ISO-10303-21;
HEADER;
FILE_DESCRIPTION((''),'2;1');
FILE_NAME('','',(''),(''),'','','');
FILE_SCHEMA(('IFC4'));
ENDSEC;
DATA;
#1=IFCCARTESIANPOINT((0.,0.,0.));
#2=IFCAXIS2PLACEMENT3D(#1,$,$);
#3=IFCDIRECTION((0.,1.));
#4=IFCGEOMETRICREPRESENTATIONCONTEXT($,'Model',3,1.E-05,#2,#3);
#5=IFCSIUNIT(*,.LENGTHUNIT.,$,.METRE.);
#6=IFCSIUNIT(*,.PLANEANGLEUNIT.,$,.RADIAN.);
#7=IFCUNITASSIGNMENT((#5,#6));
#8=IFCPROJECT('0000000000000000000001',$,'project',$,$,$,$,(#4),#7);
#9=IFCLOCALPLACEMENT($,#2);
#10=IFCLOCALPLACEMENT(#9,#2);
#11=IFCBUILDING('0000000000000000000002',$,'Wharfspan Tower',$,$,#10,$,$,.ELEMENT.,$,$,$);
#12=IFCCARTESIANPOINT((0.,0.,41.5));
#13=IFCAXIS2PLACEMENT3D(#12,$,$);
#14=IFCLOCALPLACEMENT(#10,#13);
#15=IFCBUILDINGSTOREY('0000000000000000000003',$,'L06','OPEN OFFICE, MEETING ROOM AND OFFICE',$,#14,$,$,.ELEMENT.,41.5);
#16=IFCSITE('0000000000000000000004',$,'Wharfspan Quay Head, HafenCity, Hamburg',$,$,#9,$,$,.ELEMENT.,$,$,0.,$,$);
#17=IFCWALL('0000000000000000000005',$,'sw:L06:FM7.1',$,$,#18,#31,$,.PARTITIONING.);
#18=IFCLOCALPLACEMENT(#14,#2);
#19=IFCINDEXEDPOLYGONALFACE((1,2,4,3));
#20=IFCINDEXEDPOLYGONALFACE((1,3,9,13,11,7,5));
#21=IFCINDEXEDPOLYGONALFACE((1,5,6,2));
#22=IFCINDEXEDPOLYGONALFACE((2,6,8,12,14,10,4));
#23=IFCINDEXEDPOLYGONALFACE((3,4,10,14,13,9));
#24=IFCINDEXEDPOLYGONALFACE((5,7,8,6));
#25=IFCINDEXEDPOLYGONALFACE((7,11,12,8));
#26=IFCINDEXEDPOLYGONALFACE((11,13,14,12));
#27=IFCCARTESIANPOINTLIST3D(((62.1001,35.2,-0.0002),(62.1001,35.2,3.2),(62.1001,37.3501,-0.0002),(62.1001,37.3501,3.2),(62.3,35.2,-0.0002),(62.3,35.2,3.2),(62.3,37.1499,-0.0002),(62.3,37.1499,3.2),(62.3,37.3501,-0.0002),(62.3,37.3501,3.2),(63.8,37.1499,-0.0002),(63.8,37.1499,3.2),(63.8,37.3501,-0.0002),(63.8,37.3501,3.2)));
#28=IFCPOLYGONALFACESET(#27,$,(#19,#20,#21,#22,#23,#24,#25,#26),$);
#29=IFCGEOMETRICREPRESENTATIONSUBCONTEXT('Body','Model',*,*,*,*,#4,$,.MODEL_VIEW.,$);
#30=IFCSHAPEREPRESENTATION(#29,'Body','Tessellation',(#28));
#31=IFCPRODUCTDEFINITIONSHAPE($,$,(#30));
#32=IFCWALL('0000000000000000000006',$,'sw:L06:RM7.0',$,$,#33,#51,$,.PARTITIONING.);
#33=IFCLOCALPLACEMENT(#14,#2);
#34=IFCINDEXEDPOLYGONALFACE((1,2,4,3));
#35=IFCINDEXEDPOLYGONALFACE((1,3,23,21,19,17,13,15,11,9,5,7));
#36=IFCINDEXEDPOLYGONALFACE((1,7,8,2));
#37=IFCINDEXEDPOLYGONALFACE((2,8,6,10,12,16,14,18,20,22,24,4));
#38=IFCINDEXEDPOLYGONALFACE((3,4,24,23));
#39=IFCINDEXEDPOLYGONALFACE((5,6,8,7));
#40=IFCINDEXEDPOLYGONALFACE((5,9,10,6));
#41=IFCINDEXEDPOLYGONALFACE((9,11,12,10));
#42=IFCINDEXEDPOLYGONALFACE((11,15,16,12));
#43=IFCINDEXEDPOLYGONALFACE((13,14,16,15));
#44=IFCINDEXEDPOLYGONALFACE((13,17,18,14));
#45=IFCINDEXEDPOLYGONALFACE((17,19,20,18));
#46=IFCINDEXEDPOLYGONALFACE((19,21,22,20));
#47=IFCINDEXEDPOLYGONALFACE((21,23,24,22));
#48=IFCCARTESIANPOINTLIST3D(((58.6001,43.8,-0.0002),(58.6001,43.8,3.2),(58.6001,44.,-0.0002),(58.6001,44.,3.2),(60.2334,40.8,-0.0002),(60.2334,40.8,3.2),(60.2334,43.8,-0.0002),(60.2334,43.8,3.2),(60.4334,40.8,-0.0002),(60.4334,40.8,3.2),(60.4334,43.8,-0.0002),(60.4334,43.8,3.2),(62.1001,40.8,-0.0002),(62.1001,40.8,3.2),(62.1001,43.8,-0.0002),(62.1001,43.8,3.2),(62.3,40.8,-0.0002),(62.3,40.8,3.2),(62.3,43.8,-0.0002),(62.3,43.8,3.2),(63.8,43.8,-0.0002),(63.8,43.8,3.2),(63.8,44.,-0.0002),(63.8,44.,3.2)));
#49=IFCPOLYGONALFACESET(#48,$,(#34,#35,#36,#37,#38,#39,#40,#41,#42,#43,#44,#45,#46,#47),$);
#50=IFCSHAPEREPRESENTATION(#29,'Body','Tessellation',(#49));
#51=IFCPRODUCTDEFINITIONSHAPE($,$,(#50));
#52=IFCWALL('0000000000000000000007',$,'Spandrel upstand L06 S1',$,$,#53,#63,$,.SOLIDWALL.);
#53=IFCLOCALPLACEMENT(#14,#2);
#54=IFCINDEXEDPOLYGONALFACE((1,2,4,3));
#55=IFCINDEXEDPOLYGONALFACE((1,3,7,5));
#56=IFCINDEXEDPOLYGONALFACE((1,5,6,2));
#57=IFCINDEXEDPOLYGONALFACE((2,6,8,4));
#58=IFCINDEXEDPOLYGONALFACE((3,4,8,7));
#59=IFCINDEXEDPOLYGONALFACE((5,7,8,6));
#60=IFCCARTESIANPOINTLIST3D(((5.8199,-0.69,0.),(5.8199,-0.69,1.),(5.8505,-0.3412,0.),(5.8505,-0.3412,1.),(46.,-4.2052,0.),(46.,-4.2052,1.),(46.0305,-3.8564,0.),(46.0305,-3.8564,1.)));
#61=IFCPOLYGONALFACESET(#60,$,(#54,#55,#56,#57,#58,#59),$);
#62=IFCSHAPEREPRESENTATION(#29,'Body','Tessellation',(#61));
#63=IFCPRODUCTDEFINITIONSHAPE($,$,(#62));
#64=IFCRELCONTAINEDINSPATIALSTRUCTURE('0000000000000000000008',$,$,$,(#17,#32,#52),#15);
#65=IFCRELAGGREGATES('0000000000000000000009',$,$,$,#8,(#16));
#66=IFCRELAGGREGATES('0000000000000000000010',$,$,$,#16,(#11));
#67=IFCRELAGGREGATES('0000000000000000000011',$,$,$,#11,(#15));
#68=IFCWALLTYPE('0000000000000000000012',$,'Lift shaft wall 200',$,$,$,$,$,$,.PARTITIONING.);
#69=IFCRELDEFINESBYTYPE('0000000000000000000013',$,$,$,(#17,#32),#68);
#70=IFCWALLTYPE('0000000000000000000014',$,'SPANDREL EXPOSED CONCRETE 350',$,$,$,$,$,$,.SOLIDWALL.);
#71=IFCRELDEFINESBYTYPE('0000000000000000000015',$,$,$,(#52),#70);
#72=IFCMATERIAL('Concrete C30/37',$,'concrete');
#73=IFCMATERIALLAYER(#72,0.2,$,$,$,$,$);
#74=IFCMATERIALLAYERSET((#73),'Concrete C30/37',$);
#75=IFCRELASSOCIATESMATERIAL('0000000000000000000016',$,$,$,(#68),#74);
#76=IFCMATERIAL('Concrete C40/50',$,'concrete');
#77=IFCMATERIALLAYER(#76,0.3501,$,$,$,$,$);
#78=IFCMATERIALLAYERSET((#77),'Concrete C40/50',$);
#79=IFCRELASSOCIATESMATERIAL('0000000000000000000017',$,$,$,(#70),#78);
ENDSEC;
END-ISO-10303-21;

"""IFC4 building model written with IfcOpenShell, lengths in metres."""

from ifc_helpers import new_model, si_unit, direction, frame, frame_2d, origin, place, context, subcontext, project, spatial, polyline, rectangle, outline, extrude, material, layer, layer_set, type_object, element, save


model = new_model("IFC4")

# Units and contexts
model_context = context("Model", 3, precision=1e-05, world=origin(), true_north=direction((0.0, 1.0)))
body_context = subcontext(model_context, "Body", "Model", "MODEL_VIEW")
ifc_project = project(units=[si_unit("LENGTHUNIT", "METRE"), si_unit("PLANEANGLEUNIT", "RADIAN")], contexts=[model_context])

# Site, building, storey
site_placement = place(None, origin())
site = spatial("IfcSite", under=ifc_project, at=site_placement, Name="Wharfspan Quay Head, HafenCity, Hamburg", CompositionType="ELEMENT", RefElevation=0.0)
building_placement = place(site_placement, origin())
building = spatial("IfcBuilding", under=site, at=building_placement, Name="Wharfspan Tower", CompositionType="ELEMENT")
storey_placement = place(building_placement, frame((0.0, 0.0, 41.5)))
storey = spatial("IfcBuildingStorey", under=building, at=storey_placement, Name="L06", Description="OPEN OFFICE, MEETING ROOM AND OFFICE", CompositionType="ELEMENT", Elevation=41.5)

# Shared definitions
ifc_material_1 = material(Name="Concrete C40/50", Category="concrete")

# Walls
ifc_material_2 = material(Name="Concrete C30/37", Category="concrete")
ifc_layer_1 = layer(ifc_material_2, 0.2)
ifc_layer_set_1 = layer_set([ifc_layer_1], Name="Concrete C30/37")
wall_type_1 = type_object("IfcWallType", Name="Lift shaft wall 200", PredefinedType="PARTITIONING", material=ifc_layer_set_1)
wall_1_placement = place(storey_placement, frame((0.0, 0.0, -0.0002)))
element("IfcWall", 1, at=wall_1_placement, inside=storey, type_object=wall_type_1, Name="sw:L06:FM7.1", PredefinedType="PARTITIONING", context=body_context, shape_type="SweptSolid", body=[
    extrude(outline(polyline([(62.1001, 37.3501), (62.3, 37.3501), (63.8, 37.3501), (63.8, 37.1499), (62.3, 37.1499), (62.3, 35.2), (62.1001, 35.2), (62.1001, 37.3501)])), origin(), (0.0, 0.0, 1.0), 3.2002),
])
wall_2_placement = place(storey_placement, frame((0.0, 0.0, -0.0002)))
element("IfcWall", 2, at=wall_2_placement, inside=storey, type_object=wall_type_1, Name="sw:L06:RM7.0", PredefinedType="PARTITIONING", context=body_context, shape_type="SweptSolid", body=[
    extrude(outline(polyline([(60.4333, 40.8), (60.2334, 40.8), (60.2334, 43.8), (58.6001, 43.8), (58.6001, 44.0), (63.8, 44.0), (63.8, 43.8), (62.3, 43.8), (62.3, 40.8), (62.1001, 40.8), (62.1001, 43.8), (60.4333, 43.8), (60.4333, 40.8)])), origin(), (0.0, 0.0, 1.0), 3.2002),
])
ifc_layer_2 = layer(ifc_material_1, 0.3501)
ifc_layer_set_2 = layer_set([ifc_layer_2], Name="Concrete C40/50")
wall_type_2 = type_object("IfcWallType", Name="SPANDREL EXPOSED CONCRETE 350", PredefinedType="SOLIDWALL", material=ifc_layer_set_2)
wall_3_placement = place(storey_placement, frame((5.8352, -0.5156, 0.0), z_axis=(0.0, 0.0, 1.0), x_axis=(0.996195, -0.087152, 0.0)))
element("IfcWall", 3, at=wall_3_placement, inside=storey, type_object=wall_type_2, Name="Spandrel upstand L06 S1", PredefinedType="SOLIDWALL", context=body_context, shape_type="SweptSolid", body=[
    extrude(rectangle(XDim=40.3335, YDim=0.3501, at=frame_2d((20.1667, 0.0))), origin(), (0.0, 0.0, 1.0), 1.0),
])

save(model, "model.ifc")
